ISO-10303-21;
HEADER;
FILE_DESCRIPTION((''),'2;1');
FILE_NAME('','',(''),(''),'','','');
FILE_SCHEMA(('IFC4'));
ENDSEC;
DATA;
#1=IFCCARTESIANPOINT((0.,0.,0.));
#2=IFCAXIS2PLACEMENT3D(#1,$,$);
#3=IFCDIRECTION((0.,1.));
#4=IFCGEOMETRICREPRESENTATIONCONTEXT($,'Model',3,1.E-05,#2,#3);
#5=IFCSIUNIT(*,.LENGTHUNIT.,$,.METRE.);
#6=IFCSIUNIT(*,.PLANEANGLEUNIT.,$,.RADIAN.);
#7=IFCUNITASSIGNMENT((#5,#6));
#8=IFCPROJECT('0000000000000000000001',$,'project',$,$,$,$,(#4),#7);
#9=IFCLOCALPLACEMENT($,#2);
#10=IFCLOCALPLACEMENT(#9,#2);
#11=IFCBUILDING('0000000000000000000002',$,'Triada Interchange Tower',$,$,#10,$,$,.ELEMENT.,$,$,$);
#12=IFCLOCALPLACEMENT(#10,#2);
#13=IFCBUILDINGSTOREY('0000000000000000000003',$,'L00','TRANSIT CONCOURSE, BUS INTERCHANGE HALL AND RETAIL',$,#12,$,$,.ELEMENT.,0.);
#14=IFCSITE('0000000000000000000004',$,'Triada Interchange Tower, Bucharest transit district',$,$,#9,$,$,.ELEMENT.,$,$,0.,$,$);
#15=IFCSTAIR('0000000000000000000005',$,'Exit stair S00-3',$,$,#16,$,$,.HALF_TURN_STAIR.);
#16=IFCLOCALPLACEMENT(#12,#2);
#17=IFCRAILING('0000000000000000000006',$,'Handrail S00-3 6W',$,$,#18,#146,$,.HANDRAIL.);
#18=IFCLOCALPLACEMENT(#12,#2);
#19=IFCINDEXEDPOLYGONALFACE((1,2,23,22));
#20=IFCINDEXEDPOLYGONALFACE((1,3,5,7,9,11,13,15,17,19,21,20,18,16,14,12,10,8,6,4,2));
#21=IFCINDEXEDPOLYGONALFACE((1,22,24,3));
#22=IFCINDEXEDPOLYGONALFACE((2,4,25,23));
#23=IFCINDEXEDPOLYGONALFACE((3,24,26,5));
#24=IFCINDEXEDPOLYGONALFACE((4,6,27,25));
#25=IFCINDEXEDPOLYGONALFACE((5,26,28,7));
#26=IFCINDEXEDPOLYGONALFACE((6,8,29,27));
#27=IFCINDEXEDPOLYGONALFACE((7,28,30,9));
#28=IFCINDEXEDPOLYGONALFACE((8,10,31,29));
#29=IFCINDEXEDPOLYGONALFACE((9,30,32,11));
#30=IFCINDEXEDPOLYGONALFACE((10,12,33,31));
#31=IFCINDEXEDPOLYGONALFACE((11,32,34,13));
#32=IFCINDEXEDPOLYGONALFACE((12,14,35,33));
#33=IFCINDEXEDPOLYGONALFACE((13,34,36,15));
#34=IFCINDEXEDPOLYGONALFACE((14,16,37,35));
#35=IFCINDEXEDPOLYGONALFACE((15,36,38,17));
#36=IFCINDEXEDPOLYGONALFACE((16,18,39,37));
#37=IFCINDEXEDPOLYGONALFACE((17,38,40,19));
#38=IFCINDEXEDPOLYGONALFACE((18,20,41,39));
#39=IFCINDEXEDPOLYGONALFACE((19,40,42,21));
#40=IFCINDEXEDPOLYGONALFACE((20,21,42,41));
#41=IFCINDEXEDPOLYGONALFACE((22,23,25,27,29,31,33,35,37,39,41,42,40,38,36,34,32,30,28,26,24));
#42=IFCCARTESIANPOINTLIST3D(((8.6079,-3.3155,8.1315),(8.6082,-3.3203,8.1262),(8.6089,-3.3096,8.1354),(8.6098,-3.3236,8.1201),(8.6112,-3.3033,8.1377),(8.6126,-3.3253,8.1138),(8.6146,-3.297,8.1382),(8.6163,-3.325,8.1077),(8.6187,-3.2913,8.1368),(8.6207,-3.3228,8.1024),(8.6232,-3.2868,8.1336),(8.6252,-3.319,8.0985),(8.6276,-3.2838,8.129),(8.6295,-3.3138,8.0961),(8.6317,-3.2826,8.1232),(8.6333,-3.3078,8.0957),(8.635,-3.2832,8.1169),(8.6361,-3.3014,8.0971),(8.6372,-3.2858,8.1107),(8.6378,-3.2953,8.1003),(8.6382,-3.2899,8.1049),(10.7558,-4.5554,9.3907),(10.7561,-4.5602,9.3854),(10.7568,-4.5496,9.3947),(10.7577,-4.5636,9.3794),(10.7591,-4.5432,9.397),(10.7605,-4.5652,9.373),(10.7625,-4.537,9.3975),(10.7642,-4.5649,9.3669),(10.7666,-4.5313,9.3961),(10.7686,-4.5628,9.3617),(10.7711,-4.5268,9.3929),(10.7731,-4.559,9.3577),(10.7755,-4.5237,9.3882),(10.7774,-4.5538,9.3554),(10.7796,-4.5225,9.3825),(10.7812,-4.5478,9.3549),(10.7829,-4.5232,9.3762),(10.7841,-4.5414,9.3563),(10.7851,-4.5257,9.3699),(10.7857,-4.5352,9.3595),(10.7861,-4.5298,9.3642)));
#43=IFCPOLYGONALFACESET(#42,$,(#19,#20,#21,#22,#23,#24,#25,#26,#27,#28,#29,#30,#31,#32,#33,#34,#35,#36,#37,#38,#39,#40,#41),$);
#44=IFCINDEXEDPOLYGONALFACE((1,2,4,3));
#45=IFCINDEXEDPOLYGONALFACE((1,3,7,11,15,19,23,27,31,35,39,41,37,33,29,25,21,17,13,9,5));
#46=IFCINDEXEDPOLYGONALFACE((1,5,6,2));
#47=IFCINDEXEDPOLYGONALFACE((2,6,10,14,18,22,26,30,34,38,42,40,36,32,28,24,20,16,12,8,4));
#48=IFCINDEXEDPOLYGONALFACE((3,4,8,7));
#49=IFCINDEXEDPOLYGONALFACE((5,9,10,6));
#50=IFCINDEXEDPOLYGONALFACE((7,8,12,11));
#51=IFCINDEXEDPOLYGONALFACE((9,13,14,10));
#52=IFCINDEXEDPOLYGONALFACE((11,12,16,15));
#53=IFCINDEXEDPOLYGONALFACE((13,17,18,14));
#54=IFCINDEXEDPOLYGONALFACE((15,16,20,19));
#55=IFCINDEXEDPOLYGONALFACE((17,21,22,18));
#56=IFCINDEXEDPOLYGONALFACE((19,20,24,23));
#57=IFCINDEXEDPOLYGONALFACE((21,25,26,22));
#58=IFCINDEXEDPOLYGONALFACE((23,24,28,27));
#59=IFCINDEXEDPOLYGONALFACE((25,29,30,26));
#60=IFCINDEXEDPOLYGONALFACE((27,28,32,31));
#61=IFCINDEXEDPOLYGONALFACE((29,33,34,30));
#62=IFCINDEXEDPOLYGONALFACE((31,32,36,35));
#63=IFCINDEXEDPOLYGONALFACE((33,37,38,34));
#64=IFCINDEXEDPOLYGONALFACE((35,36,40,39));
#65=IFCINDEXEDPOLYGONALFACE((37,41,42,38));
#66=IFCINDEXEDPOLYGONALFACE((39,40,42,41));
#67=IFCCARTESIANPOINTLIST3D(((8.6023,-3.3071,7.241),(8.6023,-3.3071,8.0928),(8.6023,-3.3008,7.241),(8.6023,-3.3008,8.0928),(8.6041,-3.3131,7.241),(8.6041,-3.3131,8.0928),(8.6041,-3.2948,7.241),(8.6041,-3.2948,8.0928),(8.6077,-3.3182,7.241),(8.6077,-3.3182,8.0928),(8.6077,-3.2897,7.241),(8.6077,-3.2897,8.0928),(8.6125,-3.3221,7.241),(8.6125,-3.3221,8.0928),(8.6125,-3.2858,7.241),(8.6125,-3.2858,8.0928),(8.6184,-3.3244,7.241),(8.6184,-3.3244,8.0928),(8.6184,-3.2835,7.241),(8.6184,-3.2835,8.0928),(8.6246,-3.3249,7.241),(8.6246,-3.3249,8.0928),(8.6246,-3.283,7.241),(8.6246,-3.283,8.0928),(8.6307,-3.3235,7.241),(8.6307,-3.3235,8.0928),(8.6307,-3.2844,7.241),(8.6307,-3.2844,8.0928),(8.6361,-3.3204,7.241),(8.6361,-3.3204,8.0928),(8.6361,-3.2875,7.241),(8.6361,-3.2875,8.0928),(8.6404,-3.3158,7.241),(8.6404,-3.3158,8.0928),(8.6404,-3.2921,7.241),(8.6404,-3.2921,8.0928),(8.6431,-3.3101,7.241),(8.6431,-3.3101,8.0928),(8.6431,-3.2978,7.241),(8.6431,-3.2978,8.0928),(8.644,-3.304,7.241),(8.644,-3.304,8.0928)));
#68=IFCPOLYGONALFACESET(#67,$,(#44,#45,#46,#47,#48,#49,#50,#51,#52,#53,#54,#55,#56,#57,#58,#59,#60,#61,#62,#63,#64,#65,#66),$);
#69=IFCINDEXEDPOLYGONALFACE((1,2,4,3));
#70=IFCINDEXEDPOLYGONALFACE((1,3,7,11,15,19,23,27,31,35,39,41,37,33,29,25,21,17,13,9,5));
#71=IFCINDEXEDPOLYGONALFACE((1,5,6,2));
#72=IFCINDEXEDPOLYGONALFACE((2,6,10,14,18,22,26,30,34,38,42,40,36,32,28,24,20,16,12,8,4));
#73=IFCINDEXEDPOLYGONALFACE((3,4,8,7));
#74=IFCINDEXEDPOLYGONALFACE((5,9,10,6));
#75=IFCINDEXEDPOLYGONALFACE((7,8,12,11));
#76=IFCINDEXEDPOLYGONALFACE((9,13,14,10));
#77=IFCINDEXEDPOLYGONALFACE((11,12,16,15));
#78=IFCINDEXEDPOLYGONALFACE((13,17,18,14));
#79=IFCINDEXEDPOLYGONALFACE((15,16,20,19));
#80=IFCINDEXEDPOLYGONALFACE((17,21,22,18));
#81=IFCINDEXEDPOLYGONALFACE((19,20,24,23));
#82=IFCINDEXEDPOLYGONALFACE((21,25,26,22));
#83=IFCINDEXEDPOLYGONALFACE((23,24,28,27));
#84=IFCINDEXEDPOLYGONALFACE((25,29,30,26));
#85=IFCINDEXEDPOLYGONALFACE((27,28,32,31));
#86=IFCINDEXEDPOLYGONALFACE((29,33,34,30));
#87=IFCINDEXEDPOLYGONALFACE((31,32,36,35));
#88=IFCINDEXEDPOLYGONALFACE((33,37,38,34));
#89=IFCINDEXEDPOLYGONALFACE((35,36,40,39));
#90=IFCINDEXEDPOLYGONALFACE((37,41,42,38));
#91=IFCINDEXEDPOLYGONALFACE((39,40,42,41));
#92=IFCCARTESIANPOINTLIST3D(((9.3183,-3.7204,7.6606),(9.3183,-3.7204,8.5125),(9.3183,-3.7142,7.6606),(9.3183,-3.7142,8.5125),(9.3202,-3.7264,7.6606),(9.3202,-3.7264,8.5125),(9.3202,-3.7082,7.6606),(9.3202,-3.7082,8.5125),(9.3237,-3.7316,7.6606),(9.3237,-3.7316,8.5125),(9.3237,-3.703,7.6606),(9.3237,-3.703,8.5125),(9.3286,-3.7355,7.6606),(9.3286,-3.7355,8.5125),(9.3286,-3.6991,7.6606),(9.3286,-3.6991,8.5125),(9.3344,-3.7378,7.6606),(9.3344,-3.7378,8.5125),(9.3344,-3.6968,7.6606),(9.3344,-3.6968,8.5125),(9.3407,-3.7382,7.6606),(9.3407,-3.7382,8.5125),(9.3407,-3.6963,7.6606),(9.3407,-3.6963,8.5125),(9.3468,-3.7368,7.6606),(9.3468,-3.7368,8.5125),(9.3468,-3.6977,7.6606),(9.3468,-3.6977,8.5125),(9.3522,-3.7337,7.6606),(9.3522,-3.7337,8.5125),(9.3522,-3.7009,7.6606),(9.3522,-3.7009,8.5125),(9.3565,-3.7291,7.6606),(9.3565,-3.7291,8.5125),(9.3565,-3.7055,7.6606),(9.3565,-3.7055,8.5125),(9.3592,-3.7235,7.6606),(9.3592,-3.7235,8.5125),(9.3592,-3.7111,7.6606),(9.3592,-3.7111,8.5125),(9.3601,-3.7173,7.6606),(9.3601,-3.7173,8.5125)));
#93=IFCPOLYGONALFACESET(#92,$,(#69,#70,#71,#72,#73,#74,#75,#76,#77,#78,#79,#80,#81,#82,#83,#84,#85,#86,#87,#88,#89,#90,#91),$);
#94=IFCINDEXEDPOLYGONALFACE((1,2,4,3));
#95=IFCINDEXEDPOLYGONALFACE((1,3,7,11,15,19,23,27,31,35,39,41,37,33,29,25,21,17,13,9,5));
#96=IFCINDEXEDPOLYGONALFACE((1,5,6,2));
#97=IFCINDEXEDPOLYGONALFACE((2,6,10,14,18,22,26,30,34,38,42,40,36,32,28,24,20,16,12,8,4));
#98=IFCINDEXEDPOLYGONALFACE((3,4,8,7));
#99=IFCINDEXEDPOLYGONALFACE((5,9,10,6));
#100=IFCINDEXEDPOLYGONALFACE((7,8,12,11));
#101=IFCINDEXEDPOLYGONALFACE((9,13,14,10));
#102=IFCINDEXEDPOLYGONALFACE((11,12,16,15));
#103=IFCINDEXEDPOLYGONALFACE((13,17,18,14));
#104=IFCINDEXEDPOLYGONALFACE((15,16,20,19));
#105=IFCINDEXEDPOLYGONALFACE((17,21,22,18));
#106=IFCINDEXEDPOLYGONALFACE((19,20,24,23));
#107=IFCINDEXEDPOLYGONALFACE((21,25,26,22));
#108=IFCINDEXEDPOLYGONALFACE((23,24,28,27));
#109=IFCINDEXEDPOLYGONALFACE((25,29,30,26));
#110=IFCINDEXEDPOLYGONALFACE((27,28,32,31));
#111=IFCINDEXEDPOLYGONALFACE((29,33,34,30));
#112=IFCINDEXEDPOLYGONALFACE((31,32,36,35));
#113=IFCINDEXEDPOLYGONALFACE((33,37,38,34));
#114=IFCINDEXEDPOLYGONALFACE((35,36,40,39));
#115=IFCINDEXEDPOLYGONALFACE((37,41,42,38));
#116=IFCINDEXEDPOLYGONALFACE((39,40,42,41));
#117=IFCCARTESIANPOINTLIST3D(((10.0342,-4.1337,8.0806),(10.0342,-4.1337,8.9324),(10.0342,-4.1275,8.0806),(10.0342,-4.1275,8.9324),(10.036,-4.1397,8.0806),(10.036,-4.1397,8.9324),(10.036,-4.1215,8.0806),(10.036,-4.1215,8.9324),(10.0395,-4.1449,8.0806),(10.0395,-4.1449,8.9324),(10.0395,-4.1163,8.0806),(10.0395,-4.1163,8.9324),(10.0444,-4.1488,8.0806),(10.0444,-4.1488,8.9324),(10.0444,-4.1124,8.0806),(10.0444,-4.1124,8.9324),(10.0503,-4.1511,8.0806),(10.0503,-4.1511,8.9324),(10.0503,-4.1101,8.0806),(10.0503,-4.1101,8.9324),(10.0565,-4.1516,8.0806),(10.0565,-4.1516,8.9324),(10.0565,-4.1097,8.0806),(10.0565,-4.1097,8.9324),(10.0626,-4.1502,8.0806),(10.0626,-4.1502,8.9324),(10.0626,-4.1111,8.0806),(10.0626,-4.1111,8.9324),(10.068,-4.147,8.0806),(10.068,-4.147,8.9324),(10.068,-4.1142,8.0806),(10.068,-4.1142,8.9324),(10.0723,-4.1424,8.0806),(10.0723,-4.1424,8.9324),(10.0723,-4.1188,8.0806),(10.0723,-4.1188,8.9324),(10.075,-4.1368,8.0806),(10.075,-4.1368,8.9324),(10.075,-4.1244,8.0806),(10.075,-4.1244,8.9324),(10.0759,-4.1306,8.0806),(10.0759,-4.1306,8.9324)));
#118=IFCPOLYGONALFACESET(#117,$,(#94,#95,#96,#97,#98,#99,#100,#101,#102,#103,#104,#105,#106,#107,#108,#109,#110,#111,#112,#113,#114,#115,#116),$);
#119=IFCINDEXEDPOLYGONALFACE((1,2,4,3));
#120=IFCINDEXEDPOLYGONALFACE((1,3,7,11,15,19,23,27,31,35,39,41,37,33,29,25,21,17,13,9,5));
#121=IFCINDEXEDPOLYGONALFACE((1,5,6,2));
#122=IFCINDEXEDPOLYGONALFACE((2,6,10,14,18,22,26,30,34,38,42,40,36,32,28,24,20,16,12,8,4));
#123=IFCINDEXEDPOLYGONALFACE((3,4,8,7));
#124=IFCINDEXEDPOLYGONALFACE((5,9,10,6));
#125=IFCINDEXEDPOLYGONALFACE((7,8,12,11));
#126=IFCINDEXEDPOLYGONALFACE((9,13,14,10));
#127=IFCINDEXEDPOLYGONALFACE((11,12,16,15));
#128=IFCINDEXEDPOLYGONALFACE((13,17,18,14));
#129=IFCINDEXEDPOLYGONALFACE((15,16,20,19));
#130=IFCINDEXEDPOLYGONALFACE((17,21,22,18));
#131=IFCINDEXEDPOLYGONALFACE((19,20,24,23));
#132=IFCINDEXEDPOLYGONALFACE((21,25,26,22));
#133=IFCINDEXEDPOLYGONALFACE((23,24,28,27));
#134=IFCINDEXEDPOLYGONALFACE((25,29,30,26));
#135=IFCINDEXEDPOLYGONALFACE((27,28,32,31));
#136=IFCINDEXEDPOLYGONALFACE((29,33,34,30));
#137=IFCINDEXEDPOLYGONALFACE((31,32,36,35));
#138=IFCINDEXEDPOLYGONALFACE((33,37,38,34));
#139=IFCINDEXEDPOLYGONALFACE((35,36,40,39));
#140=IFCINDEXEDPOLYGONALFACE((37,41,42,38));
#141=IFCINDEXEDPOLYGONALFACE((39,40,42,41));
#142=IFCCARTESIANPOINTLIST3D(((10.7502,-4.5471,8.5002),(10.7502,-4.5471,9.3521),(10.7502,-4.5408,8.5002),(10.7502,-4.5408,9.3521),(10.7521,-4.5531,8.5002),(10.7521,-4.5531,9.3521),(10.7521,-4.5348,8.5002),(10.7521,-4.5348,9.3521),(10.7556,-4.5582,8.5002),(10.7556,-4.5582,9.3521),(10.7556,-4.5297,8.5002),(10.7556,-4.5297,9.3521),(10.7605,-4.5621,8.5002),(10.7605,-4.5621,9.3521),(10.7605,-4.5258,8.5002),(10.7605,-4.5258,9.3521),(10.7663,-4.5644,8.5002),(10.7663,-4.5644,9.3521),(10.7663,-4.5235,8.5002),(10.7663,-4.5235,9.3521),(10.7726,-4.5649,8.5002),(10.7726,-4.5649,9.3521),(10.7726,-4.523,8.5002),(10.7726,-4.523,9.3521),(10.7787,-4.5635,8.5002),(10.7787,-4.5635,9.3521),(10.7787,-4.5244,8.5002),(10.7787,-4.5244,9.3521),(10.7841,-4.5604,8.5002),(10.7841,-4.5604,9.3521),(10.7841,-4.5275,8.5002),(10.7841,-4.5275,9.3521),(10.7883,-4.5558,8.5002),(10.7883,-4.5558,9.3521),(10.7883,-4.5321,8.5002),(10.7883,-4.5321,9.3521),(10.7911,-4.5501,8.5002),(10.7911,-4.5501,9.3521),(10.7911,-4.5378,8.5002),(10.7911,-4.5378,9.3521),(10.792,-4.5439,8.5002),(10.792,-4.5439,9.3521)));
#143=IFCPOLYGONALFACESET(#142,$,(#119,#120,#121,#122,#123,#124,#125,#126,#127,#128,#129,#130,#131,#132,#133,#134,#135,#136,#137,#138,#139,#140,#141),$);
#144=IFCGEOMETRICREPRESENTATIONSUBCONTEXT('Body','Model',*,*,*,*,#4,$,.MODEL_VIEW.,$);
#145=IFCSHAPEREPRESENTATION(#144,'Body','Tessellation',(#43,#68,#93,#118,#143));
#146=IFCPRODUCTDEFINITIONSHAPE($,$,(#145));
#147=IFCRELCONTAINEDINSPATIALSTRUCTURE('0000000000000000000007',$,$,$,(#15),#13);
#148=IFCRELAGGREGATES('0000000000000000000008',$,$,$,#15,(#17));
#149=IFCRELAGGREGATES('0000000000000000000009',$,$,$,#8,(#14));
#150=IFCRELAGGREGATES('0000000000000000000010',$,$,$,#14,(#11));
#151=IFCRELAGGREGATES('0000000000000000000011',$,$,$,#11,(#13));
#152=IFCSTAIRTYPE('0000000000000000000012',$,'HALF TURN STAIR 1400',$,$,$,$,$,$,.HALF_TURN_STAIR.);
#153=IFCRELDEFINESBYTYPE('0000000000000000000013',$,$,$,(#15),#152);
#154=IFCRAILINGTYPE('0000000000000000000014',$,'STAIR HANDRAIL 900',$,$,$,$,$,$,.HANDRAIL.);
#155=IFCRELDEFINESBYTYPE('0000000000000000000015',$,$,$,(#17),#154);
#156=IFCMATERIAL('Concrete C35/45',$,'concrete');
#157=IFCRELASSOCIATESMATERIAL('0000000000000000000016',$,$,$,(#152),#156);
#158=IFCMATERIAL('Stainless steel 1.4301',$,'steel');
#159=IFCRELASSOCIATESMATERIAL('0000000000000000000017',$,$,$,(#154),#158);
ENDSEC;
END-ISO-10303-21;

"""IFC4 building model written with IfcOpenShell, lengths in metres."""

from ifc_helpers import new_model, si_unit, direction, frame, origin, origin_2d, place, context, subcontext, project, spatial, circle, extrude, material, type_object, element, aggregate, save


model = new_model("IFC4")

# Units and contexts
model_context = context("Model", 3, precision=1e-05, world=origin(), true_north=direction((0.0, 1.0)))
body_context = subcontext(model_context, "Body", "Model", "MODEL_VIEW")
ifc_project = project(units=[si_unit("LENGTHUNIT", "METRE"), si_unit("PLANEANGLEUNIT", "RADIAN")], contexts=[model_context])

# Site, building, storey
site_placement = place(None, origin())
site = spatial("IfcSite", under=ifc_project, at=site_placement, Name="Triada Interchange Tower, Bucharest transit district", CompositionType="ELEMENT", RefElevation=0.0)
building_placement = place(site_placement, origin())
building = spatial("IfcBuilding", under=site, at=building_placement, Name="Triada Interchange Tower", CompositionType="ELEMENT")
storey_placement = place(building_placement, origin())
storey = spatial("IfcBuildingStorey", under=building, at=storey_placement, Name="L00", Description="TRANSIT CONCOURSE, BUS INTERCHANGE HALL AND RETAIL", CompositionType="ELEMENT", Elevation=0.0)

# Shared definitions
ifc_material_1 = material(Name="Concrete C35/45", Category="concrete")

# Stair, railing
stair_type = type_object("IfcStairType", Name="HALF TURN STAIR 1400", PredefinedType="HALF_TURN_STAIR", material=ifc_material_1)
stair_placement = place(storey_placement, origin())
stair = element("IfcStair", 1, at=stair_placement, inside=storey, type_object=stair_type, Name="Exit stair S00-3", PredefinedType="HALF_TURN_STAIR")
ifc_material_2 = material(Name="Stainless steel 1.4301", Category="steel")
railing_type = type_object("IfcRailingType", Name="STAIR HANDRAIL 900", PredefinedType="HANDRAIL", material=ifc_material_2)
railing_1_placement = place(storey_placement, frame((8.623, -3.304, 7.241)))
railing_1 = element("IfcRailing", 2, at=railing_1_placement, type_object=railing_type, Name="Handrail S00-3 6W", PredefinedType="HANDRAIL", context=body_context, shape_type="SweptSolid", body=[
    extrude(circle(Radius=0.0239, at=origin_2d()), frame((0.0, 0.0, 0.876), z_axis=(0.772212, -0.445791, 0.452724), x_axis=(0.499961, 0.866048, 0.0)), (0.0, 0.0, 1.0), 2.7815),
    extrude(circle(Radius=0.021, at=origin_2d()), origin(), (0.0, 0.0, 1.0), 0.8518),
    extrude(circle(Radius=0.021, at=origin_2d()), frame((0.7161, -0.4133, 0.4197)), (0.0, 0.0, 1.0), 0.8518),
    extrude(circle(Radius=0.021, at=origin_2d()), frame((1.4319, -0.8267, 0.8396)), (0.0, 0.0, 1.0), 0.8518),
    extrude(circle(Radius=0.021, at=origin_2d()), frame((2.1479, -1.24, 1.2593)), (0.0, 0.0, 1.0), 0.8518),
])
aggregate(stair, [railing_1])

save(model, "model.ifc")
